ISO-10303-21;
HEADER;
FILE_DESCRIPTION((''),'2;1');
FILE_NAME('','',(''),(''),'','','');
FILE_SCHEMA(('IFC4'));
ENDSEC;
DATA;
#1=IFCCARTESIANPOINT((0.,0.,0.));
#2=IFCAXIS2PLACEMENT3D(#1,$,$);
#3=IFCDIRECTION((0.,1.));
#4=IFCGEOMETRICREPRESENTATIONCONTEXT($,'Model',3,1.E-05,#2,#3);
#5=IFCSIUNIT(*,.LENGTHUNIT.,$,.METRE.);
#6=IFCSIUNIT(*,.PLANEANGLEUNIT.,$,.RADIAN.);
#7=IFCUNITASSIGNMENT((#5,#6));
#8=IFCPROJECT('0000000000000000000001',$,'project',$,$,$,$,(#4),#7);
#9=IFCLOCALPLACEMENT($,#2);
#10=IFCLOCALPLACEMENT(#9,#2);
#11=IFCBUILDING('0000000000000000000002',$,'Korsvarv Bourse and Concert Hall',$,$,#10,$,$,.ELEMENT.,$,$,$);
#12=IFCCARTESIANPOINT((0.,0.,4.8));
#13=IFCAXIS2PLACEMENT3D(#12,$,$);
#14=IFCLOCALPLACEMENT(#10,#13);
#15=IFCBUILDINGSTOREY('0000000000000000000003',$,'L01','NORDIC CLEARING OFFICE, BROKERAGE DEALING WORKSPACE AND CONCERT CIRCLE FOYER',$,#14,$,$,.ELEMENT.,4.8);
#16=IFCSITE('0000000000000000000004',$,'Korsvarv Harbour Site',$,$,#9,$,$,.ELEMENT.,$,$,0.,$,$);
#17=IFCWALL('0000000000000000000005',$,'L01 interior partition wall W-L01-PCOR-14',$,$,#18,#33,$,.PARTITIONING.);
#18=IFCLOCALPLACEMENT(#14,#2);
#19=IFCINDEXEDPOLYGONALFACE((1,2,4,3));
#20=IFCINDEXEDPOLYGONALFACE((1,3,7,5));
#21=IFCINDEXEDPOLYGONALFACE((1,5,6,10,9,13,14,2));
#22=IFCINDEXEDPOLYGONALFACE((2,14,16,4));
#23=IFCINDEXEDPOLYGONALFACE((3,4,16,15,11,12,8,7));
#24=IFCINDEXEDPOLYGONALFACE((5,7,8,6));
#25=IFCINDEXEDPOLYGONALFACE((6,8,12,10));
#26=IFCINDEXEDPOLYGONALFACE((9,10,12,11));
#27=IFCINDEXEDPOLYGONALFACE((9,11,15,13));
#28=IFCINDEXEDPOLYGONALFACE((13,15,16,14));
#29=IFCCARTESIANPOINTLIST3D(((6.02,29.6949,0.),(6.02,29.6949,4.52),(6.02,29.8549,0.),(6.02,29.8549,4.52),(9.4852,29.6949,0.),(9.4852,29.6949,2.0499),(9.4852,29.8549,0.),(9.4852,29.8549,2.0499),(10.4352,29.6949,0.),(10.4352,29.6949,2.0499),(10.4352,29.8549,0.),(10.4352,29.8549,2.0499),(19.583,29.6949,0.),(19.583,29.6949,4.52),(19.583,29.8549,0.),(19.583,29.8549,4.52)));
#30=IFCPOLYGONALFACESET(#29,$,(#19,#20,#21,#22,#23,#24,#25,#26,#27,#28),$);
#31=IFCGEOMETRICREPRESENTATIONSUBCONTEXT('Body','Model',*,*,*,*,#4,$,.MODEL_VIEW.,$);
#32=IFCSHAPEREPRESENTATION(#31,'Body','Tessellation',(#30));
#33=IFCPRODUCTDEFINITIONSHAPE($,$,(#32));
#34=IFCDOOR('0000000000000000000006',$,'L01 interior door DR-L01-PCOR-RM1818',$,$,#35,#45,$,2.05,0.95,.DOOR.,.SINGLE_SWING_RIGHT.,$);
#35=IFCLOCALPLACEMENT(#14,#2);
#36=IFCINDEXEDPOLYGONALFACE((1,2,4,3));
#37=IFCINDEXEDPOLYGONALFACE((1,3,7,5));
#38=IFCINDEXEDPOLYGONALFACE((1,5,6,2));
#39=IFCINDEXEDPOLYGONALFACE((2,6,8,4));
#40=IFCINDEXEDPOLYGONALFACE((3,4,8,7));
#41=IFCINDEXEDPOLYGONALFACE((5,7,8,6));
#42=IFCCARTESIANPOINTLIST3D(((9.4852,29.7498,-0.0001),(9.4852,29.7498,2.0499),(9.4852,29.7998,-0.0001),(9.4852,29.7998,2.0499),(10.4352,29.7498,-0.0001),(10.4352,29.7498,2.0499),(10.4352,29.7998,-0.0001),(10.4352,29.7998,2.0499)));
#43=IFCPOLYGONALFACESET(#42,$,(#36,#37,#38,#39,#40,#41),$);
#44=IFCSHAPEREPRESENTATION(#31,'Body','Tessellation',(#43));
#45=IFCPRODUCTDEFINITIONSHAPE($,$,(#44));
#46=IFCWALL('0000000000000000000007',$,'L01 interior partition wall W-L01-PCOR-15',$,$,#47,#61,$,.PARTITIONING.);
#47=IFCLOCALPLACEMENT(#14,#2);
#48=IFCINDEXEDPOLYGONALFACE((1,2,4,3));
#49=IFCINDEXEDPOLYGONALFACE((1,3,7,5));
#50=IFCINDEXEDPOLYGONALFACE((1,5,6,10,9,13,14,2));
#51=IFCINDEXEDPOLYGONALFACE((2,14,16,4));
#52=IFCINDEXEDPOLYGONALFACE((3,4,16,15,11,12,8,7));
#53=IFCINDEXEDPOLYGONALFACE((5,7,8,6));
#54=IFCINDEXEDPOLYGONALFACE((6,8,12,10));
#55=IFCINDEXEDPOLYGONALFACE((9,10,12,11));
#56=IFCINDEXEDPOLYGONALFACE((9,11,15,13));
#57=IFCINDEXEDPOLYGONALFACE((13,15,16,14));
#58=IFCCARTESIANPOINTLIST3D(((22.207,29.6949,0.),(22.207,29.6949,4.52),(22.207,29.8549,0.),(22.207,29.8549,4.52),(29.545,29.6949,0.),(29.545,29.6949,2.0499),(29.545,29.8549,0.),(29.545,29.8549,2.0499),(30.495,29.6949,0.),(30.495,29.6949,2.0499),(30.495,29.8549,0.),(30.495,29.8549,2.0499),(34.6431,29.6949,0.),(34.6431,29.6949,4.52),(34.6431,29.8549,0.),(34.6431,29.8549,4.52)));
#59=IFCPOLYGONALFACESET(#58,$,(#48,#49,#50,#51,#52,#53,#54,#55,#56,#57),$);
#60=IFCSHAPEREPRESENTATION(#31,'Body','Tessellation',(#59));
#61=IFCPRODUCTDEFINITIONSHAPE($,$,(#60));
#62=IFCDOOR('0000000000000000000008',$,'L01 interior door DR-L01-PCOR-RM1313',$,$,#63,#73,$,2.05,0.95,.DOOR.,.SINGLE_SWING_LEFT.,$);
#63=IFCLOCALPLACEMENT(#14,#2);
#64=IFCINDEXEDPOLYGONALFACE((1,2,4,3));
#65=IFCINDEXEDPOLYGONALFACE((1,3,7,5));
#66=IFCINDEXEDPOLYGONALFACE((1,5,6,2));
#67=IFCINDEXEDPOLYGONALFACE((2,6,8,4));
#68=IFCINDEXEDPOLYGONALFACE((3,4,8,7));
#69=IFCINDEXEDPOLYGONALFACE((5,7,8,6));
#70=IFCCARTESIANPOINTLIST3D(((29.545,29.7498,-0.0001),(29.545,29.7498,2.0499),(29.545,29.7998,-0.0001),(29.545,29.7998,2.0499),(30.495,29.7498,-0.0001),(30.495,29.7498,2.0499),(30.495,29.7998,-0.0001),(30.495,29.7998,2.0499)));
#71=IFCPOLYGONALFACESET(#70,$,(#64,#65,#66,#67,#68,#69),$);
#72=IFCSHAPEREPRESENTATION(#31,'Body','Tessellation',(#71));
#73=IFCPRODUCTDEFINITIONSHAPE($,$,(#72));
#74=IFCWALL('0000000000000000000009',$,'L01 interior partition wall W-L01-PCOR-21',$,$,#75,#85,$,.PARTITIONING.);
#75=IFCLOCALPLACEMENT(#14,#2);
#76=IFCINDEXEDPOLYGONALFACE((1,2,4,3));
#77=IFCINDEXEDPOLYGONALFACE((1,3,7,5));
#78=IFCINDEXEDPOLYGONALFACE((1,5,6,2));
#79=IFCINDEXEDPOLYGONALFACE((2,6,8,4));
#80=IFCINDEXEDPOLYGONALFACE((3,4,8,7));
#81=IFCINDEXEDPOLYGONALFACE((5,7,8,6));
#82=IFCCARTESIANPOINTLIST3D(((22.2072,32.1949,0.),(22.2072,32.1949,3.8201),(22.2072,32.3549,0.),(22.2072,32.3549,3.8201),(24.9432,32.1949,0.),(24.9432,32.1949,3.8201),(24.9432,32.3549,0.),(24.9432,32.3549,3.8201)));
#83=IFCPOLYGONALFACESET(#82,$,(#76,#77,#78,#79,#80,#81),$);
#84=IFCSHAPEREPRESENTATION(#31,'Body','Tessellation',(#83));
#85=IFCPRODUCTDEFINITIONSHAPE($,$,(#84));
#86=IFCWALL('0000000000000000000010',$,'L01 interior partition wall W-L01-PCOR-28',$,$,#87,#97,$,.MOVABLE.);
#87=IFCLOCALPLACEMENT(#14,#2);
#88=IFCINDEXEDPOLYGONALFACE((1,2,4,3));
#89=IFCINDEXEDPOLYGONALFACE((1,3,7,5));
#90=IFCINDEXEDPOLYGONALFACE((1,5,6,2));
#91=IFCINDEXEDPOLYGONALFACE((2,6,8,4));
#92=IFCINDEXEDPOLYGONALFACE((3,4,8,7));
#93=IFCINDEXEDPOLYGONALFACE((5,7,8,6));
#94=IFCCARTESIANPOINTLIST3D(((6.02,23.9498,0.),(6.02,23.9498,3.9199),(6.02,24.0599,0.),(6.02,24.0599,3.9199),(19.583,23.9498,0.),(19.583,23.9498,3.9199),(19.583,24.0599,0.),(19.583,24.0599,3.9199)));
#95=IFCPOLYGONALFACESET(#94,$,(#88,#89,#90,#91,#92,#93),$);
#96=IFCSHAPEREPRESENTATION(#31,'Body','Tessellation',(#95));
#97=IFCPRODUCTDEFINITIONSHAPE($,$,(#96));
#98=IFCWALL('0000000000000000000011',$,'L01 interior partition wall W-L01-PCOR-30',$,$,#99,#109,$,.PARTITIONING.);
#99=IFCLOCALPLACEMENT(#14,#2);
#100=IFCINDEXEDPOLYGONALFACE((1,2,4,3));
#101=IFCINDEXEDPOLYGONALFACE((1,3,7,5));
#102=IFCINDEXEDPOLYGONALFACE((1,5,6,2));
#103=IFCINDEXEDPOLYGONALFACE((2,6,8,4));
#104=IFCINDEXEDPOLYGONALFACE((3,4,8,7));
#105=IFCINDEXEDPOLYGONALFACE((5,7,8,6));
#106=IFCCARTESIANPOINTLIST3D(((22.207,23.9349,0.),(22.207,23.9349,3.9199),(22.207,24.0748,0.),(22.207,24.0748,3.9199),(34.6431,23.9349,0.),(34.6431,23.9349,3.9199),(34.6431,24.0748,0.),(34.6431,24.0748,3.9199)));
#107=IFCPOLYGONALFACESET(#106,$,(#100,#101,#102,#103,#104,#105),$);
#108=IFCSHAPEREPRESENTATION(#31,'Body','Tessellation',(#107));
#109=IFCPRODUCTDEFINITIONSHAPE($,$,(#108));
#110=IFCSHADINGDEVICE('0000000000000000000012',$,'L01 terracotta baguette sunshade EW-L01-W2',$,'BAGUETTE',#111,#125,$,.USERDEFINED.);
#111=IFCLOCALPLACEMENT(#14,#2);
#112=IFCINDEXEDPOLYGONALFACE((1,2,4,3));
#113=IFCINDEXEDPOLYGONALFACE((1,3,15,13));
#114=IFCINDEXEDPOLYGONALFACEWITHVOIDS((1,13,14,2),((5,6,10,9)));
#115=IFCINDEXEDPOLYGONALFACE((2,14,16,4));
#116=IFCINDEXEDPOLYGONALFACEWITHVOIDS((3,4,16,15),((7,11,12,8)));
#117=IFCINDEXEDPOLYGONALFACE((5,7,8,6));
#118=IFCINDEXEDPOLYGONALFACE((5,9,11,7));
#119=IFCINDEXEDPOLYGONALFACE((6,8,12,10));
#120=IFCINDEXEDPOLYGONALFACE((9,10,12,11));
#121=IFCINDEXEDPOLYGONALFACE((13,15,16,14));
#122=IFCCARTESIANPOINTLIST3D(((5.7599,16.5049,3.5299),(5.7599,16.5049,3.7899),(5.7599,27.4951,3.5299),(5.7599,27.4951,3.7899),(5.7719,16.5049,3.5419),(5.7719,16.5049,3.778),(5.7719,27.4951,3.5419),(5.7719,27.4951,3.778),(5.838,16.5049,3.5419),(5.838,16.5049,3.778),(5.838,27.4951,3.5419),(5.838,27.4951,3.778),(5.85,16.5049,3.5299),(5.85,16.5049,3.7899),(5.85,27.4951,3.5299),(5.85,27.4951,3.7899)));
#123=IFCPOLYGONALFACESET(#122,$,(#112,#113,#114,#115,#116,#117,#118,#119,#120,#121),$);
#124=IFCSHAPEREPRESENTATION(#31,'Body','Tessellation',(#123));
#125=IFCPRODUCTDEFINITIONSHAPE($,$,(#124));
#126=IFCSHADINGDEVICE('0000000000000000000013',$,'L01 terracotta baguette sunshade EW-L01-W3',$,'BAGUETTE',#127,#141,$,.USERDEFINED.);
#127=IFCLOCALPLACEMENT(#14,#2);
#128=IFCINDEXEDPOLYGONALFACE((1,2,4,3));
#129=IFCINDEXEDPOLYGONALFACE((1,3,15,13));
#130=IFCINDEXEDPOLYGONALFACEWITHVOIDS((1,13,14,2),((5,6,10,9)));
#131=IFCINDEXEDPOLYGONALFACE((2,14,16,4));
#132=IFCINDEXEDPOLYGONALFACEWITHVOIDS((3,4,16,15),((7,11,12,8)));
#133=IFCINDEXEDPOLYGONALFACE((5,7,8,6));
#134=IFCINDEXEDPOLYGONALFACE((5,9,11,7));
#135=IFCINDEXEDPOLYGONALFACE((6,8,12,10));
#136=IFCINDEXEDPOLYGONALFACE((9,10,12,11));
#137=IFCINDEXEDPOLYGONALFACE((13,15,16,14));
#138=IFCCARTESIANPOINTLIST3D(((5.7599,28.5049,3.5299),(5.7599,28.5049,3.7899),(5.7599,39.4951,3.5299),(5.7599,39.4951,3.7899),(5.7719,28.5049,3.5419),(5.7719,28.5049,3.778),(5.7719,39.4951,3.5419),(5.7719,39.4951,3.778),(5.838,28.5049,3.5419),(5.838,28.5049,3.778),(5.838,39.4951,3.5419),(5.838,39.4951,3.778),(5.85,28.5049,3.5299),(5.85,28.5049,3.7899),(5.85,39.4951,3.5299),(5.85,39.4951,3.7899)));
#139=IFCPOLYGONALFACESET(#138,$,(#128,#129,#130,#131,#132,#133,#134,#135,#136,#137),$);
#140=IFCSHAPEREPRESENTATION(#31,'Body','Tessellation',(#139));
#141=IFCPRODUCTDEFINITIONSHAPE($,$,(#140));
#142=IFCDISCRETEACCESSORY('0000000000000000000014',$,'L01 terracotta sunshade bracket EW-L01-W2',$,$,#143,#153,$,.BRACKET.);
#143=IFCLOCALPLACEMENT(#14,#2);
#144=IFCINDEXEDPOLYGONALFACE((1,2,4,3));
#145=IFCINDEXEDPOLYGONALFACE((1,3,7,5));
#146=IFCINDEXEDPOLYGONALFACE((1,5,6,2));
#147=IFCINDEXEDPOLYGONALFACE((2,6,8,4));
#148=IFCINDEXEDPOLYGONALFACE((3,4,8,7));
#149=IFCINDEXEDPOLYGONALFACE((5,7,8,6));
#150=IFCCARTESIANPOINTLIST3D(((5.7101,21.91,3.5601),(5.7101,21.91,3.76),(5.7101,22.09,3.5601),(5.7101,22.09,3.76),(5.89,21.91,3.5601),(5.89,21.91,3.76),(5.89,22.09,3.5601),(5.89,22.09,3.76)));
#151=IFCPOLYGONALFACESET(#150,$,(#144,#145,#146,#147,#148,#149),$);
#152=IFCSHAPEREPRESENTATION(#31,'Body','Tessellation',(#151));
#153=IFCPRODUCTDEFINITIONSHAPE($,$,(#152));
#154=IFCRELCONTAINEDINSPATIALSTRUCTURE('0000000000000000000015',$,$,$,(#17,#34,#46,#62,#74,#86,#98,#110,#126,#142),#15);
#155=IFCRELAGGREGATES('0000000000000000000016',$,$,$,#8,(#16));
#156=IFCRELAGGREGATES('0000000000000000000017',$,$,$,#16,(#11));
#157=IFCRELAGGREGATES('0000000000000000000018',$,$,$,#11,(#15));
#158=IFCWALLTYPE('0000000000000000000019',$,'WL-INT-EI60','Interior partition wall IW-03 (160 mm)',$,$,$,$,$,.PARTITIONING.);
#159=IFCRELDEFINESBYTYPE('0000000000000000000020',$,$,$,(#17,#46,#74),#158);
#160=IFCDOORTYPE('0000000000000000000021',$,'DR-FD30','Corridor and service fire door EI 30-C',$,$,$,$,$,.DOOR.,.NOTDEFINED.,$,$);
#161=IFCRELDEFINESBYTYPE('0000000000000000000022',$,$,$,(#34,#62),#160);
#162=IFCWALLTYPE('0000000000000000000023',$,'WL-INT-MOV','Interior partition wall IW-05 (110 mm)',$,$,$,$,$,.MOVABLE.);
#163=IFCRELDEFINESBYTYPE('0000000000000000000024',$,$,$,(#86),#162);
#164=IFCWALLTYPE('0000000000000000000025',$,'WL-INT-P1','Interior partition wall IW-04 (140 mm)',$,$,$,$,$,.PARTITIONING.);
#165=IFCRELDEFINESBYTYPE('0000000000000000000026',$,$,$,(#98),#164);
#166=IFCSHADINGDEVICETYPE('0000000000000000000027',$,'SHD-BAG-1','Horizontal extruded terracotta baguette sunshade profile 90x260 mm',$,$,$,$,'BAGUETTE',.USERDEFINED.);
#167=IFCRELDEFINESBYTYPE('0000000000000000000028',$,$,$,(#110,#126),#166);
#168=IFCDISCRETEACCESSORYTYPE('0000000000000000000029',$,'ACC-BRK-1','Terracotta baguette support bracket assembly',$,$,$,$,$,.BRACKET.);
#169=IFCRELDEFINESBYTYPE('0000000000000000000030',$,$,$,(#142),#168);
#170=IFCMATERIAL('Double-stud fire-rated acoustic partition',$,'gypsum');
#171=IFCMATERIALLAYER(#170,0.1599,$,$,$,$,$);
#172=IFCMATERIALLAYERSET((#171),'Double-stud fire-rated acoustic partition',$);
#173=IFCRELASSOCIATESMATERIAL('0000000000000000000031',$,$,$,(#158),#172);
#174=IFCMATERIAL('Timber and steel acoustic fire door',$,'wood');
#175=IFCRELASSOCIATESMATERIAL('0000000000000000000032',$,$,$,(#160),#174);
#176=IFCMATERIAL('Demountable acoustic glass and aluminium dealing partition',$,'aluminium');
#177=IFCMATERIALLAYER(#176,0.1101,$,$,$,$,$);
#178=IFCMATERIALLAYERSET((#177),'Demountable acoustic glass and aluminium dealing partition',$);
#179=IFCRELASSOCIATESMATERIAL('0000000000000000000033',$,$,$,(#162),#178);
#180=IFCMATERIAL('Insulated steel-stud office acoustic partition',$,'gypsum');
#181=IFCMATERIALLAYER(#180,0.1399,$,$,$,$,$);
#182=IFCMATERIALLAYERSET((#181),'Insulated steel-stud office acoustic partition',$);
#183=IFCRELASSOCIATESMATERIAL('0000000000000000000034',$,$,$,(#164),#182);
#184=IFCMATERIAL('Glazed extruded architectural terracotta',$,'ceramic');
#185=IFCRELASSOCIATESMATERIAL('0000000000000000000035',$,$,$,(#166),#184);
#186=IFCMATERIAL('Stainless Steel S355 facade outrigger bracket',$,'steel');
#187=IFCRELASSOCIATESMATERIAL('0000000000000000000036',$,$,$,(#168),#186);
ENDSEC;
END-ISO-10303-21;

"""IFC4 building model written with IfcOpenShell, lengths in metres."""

from ifc_helpers import new_model, si_unit, direction, frame, frame_2d, origin, origin_2d, place, context, subcontext, project, spatial, rectangle, hollow_rectangle, extrude, source, transform, mapped, material, layer, layer_set, material_profile, profile_set, type_object, element, fill, save


model = new_model("IFC4")

# Units and contexts
model_context = context("Model", 3, precision=1e-05, world=origin(), true_north=direction((0.0, 1.0)))
body_context = subcontext(model_context, "Body", "Model", "MODEL_VIEW")
ifc_project = project(units=[si_unit("LENGTHUNIT", "METRE"), si_unit("PLANEANGLEUNIT", "RADIAN")], contexts=[model_context])

# Site, building, storey
site_placement = place(None, origin())
site = spatial("IfcSite", under=ifc_project, at=site_placement, Name="Korsvarv Harbour Site", CompositionType="ELEMENT", RefElevation=0.0)
building_placement = place(site_placement, origin())
building = spatial("IfcBuilding", under=site, at=building_placement, Name="Korsvarv Bourse and Concert Hall", CompositionType="ELEMENT")
storey_placement = place(building_placement, frame((0.0, 0.0, 4.8)))
storey = spatial("IfcBuildingStorey", under=building, at=storey_placement, Name="L01", Description="NORDIC CLEARING OFFICE, BROKERAGE DEALING WORKSPACE AND CONCERT CIRCLE FOYER", CompositionType="ELEMENT", Elevation=4.8)

# Shared definitions
ifc_material_1 = material(Name="Double-stud fire-rated acoustic partition", Category="gypsum")
ifc_layer_1 = layer(ifc_material_1, 0.1599)
ifc_layer_set_1 = layer_set([ifc_layer_1], Name="Double-stud fire-rated acoustic partition")
wall_type_1 = type_object("IfcWallType", Name="WL-INT-EI60", Description="Interior partition wall IW-03 (160 mm)", PredefinedType="PARTITIONING", material=ifc_layer_set_1)
ifc_material_2 = material(Name="Timber and steel acoustic fire door", Category="wood")
door_type = type_object("IfcDoorType", Name="DR-FD30", Description="Corridor and service fire door EI 30-C", OperationType="NOTDEFINED", PredefinedType="DOOR", material=ifc_material_2)

# Walls, openings, doors
wall_1_placement = place(storey_placement, frame((6.02, 29.7749, 0.0), z_axis=(0.0, 0.0, 1.0), x_axis=(1.0, 0.0, 0.0)))
wall_1 = element("IfcWall", 1, at=wall_1_placement, inside=storey, type_object=wall_type_1, Name="L01 interior partition wall W-L01-PCOR-14", PredefinedType="PARTITIONING", context=body_context, shape_type="SweptSolid", body=[
    extrude(rectangle(XDim=13.563, YDim=0.1599, at=frame_2d((6.7815, 0.0))), origin(), (0.0, 0.0, 1.0), 4.52),
])
opening_1_placement = place(wall_1_placement, frame((3.4651, 0.0, 0.0)))
opening_1 = element("IfcOpeningElement", 2, at=opening_1_placement, cuts=wall_1, PredefinedType="OPENING", context=body_context, shape_type="SweptSolid", body=[
    extrude(rectangle(XDim=0.95, YDim=2.05, at=frame_2d((0.4751, 1.0249))), frame((0.0, 0.0898, 0.0), z_axis=(0.0, -1.0, 0.0), x_axis=(1.0, 0.0, 0.0)), (0.0, 0.0, 1.0), 0.1799),
])
door_1_placement = place(opening_1_placement, origin())
door_1 = element("IfcDoor", 3, at=door_1_placement, inside=storey, type_object=door_type, Name="L01 interior door DR-L01-PCOR-RM1818", OperationType="SINGLE_SWING_RIGHT", OverallHeight=2.05, OverallWidth=0.95, PredefinedType="DOOR", context=body_context, shape_type="SweptSolid", body=[
    extrude(rectangle(XDim=0.95, YDim=2.05, at=frame_2d((0.4751, 1.0249))), frame((0.0, 0.0249, 0.0), z_axis=(0.0, -1.0, 0.0), x_axis=(1.0, 0.0, 0.0)), (0.0, 0.0, 1.0), 0.05),
])
fill(opening_1, door_1)
wall_2_placement = place(storey_placement, frame((22.207, 29.7749, 0.0), z_axis=(0.0, 0.0, 1.0), x_axis=(1.0, 0.0, 0.0)))
wall_2 = element("IfcWall", 4, at=wall_2_placement, inside=storey, type_object=wall_type_1, Name="L01 interior partition wall W-L01-PCOR-15", PredefinedType="PARTITIONING", context=body_context, shape_type="SweptSolid", body=[
    extrude(rectangle(XDim=12.436, YDim=0.1599, at=frame_2d((6.218, 0.0))), origin(), (0.0, 0.0, 1.0), 4.52),
])
opening_2_placement = place(wall_2_placement, frame((7.3379, 0.0, 0.0)))
opening_2 = element("IfcOpeningElement", 5, at=opening_2_placement, cuts=wall_2, PredefinedType="OPENING", context=body_context, shape_type="SweptSolid", body=[
    extrude(rectangle(XDim=0.95, YDim=2.05, at=frame_2d((0.4751, 1.0249))), frame((0.0, 0.0898, 0.0), z_axis=(0.0, -1.0, 0.0), x_axis=(1.0, 0.0, 0.0)), (0.0, 0.0, 1.0), 0.1799),
])
door_2_placement = place(opening_2_placement, origin())
door_2 = element("IfcDoor", 6, at=door_2_placement, inside=storey, type_object=door_type, Name="L01 interior door DR-L01-PCOR-RM1313", OperationType="SINGLE_SWING_LEFT", OverallHeight=2.05, OverallWidth=0.95, PredefinedType="DOOR", context=body_context, shape_type="SweptSolid", body=[
    extrude(rectangle(XDim=0.95, YDim=2.05, at=frame_2d((0.4751, 1.0249))), frame((0.0, 0.0249, 0.0), z_axis=(0.0, -1.0, 0.0), x_axis=(1.0, 0.0, 0.0)), (0.0, 0.0, 1.0), 0.05),
])
fill(opening_2, door_2)

# Walls
wall_3_placement = place(storey_placement, frame((22.207, 32.2749, 0.0), z_axis=(0.0, 0.0, 1.0), x_axis=(1.0, 0.0, 0.0)))
element("IfcWall", 7, at=wall_3_placement, inside=storey, type_object=wall_type_1, Name="L01 interior partition wall W-L01-PCOR-21", PredefinedType="PARTITIONING", context=body_context, shape_type="SweptSolid", body=[
    extrude(rectangle(XDim=2.7361, YDim=0.1599, at=frame_2d((1.3682, 0.0))), origin(), (0.0, 0.0, 1.0), 3.8201),
])
ifc_material_3 = material(Name="Demountable acoustic glass and aluminium dealing partition", Category="aluminium")
ifc_layer_2 = layer(ifc_material_3, 0.1101)
ifc_layer_set_2 = layer_set([ifc_layer_2], Name="Demountable acoustic glass and aluminium dealing partition")
wall_type_2 = type_object("IfcWallType", Name="WL-INT-MOV", Description="Interior partition wall IW-05 (110 mm)", PredefinedType="MOVABLE", material=ifc_layer_set_2)
wall_4_placement = place(storey_placement, frame((6.02, 24.0049, 0.0), z_axis=(0.0, 0.0, 1.0), x_axis=(1.0, 0.0, 0.0)))
element("IfcWall", 8, at=wall_4_placement, inside=storey, type_object=wall_type_2, Name="L01 interior partition wall W-L01-PCOR-28", PredefinedType="MOVABLE", context=body_context, shape_type="SweptSolid", body=[
    extrude(rectangle(XDim=13.563, YDim=0.1101, at=frame_2d((6.7815, 0.0))), origin(), (0.0, 0.0, 1.0), 3.9199),
])
ifc_material_4 = material(Name="Insulated steel-stud office acoustic partition", Category="gypsum")
ifc_layer_3 = layer(ifc_material_4, 0.1399)
ifc_layer_set_3 = layer_set([ifc_layer_3], Name="Insulated steel-stud office acoustic partition")
wall_type_3 = type_object("IfcWallType", Name="WL-INT-P1", Description="Interior partition wall IW-04 (140 mm)", PredefinedType="PARTITIONING", material=ifc_layer_set_3)
wall_5_placement = place(storey_placement, frame((22.207, 24.0049, 0.0), z_axis=(0.0, 0.0, 1.0), x_axis=(1.0, 0.0, 0.0)))
element("IfcWall", 9, at=wall_5_placement, inside=storey, type_object=wall_type_3, Name="L01 interior partition wall W-L01-PCOR-30", PredefinedType="PARTITIONING", context=body_context, shape_type="SweptSolid", body=[
    extrude(rectangle(XDim=12.436, YDim=0.1399, at=frame_2d((6.218, 0.0))), origin(), (0.0, 0.0, 1.0), 3.9199),
])

# Shading devices
ifc_material_5 = material(Name="Glazed extruded architectural terracotta", Category="ceramic")
ifc_material_profile_1 = material_profile(ifc_material_5, hollow_rectangle(XDim=0.0901, YDim=0.26, WallThickness=0.012, at=origin_2d()), Name="TC-BAG 90x260")
ifc_profile_set_1 = profile_set([ifc_material_profile_1], Name="Glazed extruded architectural terracotta")
shading_device_type = type_object("IfcShadingDeviceType", Name="SHD-BAG-1", Description="Horizontal extruded terracotta baguette sunshade profile 90x260 mm", ElementType="BAGUETTE", PredefinedType="USERDEFINED", material=ifc_profile_set_1)
shared_shape_1 = source(origin(), body_context, "Body", "SweptSolid", [
    extrude(hollow_rectangle(XDim=0.0901, YDim=0.26, WallThickness=0.012, at=origin_2d()), origin(), (0.0, 0.0, 1.0), 10.9902),
])
for number, where, z_axis, x_axis, name in (
    (10, (5.8049, 16.5049, 3.6599), (0.0, 1.0, 0.0), (-1.0, 0.0, 0.0), "L01 terracotta baguette sunshade EW-L01-W2"),
    (11, (5.8049, 28.5049, 3.6599), (0.0, 1.0, 0.0), (-1.0, 0.0, 0.0), "L01 terracotta baguette sunshade EW-L01-W3"),
):
    element("IfcShadingDevice", number, at=place(storey_placement, frame(where, z_axis=z_axis, x_axis=x_axis)), inside=storey, type_object=shading_device_type, Name=name, ObjectType="BAGUETTE", PredefinedType="USERDEFINED", context=body_context, shape_type="MappedRepresentation", body=[
        mapped(shared_shape_1, transform((0.0, 0.0, 0.0), scale=1.0)),
    ])

# Discrete accessory
ifc_material_6 = material(Name="Stainless Steel S355 facade outrigger bracket", Category="steel")
discrete_accessory_type = type_object("IfcDiscreteAccessoryType", Name="ACC-BRK-1", Description="Terracotta baguette support bracket assembly", PredefinedType="BRACKET", material=ifc_material_6)
shared_shape_2 = source(origin(), body_context, "Body", "SweptSolid", [
    extrude(rectangle(XDim=0.1799, YDim=0.1799, at=origin_2d()), origin(), (0.0, 0.0, 1.0), 0.2),
])
discrete_accessory_placement = place(storey_placement, frame((5.8, 22.0, 3.5601), z_axis=(0.0, 0.0, 1.0), x_axis=(0.0, 1.0, 0.0)))
element("IfcDiscreteAccessory", 12, at=discrete_accessory_placement, inside=storey, type_object=discrete_accessory_type, Name="L01 terracotta sunshade bracket EW-L01-W2", PredefinedType="BRACKET", context=body_context, shape_type="MappedRepresentation", body=[
    mapped(shared_shape_2, transform((0.0, 0.0, 0.0), scale=1.0)),
])

save(model, "model.ifc")
